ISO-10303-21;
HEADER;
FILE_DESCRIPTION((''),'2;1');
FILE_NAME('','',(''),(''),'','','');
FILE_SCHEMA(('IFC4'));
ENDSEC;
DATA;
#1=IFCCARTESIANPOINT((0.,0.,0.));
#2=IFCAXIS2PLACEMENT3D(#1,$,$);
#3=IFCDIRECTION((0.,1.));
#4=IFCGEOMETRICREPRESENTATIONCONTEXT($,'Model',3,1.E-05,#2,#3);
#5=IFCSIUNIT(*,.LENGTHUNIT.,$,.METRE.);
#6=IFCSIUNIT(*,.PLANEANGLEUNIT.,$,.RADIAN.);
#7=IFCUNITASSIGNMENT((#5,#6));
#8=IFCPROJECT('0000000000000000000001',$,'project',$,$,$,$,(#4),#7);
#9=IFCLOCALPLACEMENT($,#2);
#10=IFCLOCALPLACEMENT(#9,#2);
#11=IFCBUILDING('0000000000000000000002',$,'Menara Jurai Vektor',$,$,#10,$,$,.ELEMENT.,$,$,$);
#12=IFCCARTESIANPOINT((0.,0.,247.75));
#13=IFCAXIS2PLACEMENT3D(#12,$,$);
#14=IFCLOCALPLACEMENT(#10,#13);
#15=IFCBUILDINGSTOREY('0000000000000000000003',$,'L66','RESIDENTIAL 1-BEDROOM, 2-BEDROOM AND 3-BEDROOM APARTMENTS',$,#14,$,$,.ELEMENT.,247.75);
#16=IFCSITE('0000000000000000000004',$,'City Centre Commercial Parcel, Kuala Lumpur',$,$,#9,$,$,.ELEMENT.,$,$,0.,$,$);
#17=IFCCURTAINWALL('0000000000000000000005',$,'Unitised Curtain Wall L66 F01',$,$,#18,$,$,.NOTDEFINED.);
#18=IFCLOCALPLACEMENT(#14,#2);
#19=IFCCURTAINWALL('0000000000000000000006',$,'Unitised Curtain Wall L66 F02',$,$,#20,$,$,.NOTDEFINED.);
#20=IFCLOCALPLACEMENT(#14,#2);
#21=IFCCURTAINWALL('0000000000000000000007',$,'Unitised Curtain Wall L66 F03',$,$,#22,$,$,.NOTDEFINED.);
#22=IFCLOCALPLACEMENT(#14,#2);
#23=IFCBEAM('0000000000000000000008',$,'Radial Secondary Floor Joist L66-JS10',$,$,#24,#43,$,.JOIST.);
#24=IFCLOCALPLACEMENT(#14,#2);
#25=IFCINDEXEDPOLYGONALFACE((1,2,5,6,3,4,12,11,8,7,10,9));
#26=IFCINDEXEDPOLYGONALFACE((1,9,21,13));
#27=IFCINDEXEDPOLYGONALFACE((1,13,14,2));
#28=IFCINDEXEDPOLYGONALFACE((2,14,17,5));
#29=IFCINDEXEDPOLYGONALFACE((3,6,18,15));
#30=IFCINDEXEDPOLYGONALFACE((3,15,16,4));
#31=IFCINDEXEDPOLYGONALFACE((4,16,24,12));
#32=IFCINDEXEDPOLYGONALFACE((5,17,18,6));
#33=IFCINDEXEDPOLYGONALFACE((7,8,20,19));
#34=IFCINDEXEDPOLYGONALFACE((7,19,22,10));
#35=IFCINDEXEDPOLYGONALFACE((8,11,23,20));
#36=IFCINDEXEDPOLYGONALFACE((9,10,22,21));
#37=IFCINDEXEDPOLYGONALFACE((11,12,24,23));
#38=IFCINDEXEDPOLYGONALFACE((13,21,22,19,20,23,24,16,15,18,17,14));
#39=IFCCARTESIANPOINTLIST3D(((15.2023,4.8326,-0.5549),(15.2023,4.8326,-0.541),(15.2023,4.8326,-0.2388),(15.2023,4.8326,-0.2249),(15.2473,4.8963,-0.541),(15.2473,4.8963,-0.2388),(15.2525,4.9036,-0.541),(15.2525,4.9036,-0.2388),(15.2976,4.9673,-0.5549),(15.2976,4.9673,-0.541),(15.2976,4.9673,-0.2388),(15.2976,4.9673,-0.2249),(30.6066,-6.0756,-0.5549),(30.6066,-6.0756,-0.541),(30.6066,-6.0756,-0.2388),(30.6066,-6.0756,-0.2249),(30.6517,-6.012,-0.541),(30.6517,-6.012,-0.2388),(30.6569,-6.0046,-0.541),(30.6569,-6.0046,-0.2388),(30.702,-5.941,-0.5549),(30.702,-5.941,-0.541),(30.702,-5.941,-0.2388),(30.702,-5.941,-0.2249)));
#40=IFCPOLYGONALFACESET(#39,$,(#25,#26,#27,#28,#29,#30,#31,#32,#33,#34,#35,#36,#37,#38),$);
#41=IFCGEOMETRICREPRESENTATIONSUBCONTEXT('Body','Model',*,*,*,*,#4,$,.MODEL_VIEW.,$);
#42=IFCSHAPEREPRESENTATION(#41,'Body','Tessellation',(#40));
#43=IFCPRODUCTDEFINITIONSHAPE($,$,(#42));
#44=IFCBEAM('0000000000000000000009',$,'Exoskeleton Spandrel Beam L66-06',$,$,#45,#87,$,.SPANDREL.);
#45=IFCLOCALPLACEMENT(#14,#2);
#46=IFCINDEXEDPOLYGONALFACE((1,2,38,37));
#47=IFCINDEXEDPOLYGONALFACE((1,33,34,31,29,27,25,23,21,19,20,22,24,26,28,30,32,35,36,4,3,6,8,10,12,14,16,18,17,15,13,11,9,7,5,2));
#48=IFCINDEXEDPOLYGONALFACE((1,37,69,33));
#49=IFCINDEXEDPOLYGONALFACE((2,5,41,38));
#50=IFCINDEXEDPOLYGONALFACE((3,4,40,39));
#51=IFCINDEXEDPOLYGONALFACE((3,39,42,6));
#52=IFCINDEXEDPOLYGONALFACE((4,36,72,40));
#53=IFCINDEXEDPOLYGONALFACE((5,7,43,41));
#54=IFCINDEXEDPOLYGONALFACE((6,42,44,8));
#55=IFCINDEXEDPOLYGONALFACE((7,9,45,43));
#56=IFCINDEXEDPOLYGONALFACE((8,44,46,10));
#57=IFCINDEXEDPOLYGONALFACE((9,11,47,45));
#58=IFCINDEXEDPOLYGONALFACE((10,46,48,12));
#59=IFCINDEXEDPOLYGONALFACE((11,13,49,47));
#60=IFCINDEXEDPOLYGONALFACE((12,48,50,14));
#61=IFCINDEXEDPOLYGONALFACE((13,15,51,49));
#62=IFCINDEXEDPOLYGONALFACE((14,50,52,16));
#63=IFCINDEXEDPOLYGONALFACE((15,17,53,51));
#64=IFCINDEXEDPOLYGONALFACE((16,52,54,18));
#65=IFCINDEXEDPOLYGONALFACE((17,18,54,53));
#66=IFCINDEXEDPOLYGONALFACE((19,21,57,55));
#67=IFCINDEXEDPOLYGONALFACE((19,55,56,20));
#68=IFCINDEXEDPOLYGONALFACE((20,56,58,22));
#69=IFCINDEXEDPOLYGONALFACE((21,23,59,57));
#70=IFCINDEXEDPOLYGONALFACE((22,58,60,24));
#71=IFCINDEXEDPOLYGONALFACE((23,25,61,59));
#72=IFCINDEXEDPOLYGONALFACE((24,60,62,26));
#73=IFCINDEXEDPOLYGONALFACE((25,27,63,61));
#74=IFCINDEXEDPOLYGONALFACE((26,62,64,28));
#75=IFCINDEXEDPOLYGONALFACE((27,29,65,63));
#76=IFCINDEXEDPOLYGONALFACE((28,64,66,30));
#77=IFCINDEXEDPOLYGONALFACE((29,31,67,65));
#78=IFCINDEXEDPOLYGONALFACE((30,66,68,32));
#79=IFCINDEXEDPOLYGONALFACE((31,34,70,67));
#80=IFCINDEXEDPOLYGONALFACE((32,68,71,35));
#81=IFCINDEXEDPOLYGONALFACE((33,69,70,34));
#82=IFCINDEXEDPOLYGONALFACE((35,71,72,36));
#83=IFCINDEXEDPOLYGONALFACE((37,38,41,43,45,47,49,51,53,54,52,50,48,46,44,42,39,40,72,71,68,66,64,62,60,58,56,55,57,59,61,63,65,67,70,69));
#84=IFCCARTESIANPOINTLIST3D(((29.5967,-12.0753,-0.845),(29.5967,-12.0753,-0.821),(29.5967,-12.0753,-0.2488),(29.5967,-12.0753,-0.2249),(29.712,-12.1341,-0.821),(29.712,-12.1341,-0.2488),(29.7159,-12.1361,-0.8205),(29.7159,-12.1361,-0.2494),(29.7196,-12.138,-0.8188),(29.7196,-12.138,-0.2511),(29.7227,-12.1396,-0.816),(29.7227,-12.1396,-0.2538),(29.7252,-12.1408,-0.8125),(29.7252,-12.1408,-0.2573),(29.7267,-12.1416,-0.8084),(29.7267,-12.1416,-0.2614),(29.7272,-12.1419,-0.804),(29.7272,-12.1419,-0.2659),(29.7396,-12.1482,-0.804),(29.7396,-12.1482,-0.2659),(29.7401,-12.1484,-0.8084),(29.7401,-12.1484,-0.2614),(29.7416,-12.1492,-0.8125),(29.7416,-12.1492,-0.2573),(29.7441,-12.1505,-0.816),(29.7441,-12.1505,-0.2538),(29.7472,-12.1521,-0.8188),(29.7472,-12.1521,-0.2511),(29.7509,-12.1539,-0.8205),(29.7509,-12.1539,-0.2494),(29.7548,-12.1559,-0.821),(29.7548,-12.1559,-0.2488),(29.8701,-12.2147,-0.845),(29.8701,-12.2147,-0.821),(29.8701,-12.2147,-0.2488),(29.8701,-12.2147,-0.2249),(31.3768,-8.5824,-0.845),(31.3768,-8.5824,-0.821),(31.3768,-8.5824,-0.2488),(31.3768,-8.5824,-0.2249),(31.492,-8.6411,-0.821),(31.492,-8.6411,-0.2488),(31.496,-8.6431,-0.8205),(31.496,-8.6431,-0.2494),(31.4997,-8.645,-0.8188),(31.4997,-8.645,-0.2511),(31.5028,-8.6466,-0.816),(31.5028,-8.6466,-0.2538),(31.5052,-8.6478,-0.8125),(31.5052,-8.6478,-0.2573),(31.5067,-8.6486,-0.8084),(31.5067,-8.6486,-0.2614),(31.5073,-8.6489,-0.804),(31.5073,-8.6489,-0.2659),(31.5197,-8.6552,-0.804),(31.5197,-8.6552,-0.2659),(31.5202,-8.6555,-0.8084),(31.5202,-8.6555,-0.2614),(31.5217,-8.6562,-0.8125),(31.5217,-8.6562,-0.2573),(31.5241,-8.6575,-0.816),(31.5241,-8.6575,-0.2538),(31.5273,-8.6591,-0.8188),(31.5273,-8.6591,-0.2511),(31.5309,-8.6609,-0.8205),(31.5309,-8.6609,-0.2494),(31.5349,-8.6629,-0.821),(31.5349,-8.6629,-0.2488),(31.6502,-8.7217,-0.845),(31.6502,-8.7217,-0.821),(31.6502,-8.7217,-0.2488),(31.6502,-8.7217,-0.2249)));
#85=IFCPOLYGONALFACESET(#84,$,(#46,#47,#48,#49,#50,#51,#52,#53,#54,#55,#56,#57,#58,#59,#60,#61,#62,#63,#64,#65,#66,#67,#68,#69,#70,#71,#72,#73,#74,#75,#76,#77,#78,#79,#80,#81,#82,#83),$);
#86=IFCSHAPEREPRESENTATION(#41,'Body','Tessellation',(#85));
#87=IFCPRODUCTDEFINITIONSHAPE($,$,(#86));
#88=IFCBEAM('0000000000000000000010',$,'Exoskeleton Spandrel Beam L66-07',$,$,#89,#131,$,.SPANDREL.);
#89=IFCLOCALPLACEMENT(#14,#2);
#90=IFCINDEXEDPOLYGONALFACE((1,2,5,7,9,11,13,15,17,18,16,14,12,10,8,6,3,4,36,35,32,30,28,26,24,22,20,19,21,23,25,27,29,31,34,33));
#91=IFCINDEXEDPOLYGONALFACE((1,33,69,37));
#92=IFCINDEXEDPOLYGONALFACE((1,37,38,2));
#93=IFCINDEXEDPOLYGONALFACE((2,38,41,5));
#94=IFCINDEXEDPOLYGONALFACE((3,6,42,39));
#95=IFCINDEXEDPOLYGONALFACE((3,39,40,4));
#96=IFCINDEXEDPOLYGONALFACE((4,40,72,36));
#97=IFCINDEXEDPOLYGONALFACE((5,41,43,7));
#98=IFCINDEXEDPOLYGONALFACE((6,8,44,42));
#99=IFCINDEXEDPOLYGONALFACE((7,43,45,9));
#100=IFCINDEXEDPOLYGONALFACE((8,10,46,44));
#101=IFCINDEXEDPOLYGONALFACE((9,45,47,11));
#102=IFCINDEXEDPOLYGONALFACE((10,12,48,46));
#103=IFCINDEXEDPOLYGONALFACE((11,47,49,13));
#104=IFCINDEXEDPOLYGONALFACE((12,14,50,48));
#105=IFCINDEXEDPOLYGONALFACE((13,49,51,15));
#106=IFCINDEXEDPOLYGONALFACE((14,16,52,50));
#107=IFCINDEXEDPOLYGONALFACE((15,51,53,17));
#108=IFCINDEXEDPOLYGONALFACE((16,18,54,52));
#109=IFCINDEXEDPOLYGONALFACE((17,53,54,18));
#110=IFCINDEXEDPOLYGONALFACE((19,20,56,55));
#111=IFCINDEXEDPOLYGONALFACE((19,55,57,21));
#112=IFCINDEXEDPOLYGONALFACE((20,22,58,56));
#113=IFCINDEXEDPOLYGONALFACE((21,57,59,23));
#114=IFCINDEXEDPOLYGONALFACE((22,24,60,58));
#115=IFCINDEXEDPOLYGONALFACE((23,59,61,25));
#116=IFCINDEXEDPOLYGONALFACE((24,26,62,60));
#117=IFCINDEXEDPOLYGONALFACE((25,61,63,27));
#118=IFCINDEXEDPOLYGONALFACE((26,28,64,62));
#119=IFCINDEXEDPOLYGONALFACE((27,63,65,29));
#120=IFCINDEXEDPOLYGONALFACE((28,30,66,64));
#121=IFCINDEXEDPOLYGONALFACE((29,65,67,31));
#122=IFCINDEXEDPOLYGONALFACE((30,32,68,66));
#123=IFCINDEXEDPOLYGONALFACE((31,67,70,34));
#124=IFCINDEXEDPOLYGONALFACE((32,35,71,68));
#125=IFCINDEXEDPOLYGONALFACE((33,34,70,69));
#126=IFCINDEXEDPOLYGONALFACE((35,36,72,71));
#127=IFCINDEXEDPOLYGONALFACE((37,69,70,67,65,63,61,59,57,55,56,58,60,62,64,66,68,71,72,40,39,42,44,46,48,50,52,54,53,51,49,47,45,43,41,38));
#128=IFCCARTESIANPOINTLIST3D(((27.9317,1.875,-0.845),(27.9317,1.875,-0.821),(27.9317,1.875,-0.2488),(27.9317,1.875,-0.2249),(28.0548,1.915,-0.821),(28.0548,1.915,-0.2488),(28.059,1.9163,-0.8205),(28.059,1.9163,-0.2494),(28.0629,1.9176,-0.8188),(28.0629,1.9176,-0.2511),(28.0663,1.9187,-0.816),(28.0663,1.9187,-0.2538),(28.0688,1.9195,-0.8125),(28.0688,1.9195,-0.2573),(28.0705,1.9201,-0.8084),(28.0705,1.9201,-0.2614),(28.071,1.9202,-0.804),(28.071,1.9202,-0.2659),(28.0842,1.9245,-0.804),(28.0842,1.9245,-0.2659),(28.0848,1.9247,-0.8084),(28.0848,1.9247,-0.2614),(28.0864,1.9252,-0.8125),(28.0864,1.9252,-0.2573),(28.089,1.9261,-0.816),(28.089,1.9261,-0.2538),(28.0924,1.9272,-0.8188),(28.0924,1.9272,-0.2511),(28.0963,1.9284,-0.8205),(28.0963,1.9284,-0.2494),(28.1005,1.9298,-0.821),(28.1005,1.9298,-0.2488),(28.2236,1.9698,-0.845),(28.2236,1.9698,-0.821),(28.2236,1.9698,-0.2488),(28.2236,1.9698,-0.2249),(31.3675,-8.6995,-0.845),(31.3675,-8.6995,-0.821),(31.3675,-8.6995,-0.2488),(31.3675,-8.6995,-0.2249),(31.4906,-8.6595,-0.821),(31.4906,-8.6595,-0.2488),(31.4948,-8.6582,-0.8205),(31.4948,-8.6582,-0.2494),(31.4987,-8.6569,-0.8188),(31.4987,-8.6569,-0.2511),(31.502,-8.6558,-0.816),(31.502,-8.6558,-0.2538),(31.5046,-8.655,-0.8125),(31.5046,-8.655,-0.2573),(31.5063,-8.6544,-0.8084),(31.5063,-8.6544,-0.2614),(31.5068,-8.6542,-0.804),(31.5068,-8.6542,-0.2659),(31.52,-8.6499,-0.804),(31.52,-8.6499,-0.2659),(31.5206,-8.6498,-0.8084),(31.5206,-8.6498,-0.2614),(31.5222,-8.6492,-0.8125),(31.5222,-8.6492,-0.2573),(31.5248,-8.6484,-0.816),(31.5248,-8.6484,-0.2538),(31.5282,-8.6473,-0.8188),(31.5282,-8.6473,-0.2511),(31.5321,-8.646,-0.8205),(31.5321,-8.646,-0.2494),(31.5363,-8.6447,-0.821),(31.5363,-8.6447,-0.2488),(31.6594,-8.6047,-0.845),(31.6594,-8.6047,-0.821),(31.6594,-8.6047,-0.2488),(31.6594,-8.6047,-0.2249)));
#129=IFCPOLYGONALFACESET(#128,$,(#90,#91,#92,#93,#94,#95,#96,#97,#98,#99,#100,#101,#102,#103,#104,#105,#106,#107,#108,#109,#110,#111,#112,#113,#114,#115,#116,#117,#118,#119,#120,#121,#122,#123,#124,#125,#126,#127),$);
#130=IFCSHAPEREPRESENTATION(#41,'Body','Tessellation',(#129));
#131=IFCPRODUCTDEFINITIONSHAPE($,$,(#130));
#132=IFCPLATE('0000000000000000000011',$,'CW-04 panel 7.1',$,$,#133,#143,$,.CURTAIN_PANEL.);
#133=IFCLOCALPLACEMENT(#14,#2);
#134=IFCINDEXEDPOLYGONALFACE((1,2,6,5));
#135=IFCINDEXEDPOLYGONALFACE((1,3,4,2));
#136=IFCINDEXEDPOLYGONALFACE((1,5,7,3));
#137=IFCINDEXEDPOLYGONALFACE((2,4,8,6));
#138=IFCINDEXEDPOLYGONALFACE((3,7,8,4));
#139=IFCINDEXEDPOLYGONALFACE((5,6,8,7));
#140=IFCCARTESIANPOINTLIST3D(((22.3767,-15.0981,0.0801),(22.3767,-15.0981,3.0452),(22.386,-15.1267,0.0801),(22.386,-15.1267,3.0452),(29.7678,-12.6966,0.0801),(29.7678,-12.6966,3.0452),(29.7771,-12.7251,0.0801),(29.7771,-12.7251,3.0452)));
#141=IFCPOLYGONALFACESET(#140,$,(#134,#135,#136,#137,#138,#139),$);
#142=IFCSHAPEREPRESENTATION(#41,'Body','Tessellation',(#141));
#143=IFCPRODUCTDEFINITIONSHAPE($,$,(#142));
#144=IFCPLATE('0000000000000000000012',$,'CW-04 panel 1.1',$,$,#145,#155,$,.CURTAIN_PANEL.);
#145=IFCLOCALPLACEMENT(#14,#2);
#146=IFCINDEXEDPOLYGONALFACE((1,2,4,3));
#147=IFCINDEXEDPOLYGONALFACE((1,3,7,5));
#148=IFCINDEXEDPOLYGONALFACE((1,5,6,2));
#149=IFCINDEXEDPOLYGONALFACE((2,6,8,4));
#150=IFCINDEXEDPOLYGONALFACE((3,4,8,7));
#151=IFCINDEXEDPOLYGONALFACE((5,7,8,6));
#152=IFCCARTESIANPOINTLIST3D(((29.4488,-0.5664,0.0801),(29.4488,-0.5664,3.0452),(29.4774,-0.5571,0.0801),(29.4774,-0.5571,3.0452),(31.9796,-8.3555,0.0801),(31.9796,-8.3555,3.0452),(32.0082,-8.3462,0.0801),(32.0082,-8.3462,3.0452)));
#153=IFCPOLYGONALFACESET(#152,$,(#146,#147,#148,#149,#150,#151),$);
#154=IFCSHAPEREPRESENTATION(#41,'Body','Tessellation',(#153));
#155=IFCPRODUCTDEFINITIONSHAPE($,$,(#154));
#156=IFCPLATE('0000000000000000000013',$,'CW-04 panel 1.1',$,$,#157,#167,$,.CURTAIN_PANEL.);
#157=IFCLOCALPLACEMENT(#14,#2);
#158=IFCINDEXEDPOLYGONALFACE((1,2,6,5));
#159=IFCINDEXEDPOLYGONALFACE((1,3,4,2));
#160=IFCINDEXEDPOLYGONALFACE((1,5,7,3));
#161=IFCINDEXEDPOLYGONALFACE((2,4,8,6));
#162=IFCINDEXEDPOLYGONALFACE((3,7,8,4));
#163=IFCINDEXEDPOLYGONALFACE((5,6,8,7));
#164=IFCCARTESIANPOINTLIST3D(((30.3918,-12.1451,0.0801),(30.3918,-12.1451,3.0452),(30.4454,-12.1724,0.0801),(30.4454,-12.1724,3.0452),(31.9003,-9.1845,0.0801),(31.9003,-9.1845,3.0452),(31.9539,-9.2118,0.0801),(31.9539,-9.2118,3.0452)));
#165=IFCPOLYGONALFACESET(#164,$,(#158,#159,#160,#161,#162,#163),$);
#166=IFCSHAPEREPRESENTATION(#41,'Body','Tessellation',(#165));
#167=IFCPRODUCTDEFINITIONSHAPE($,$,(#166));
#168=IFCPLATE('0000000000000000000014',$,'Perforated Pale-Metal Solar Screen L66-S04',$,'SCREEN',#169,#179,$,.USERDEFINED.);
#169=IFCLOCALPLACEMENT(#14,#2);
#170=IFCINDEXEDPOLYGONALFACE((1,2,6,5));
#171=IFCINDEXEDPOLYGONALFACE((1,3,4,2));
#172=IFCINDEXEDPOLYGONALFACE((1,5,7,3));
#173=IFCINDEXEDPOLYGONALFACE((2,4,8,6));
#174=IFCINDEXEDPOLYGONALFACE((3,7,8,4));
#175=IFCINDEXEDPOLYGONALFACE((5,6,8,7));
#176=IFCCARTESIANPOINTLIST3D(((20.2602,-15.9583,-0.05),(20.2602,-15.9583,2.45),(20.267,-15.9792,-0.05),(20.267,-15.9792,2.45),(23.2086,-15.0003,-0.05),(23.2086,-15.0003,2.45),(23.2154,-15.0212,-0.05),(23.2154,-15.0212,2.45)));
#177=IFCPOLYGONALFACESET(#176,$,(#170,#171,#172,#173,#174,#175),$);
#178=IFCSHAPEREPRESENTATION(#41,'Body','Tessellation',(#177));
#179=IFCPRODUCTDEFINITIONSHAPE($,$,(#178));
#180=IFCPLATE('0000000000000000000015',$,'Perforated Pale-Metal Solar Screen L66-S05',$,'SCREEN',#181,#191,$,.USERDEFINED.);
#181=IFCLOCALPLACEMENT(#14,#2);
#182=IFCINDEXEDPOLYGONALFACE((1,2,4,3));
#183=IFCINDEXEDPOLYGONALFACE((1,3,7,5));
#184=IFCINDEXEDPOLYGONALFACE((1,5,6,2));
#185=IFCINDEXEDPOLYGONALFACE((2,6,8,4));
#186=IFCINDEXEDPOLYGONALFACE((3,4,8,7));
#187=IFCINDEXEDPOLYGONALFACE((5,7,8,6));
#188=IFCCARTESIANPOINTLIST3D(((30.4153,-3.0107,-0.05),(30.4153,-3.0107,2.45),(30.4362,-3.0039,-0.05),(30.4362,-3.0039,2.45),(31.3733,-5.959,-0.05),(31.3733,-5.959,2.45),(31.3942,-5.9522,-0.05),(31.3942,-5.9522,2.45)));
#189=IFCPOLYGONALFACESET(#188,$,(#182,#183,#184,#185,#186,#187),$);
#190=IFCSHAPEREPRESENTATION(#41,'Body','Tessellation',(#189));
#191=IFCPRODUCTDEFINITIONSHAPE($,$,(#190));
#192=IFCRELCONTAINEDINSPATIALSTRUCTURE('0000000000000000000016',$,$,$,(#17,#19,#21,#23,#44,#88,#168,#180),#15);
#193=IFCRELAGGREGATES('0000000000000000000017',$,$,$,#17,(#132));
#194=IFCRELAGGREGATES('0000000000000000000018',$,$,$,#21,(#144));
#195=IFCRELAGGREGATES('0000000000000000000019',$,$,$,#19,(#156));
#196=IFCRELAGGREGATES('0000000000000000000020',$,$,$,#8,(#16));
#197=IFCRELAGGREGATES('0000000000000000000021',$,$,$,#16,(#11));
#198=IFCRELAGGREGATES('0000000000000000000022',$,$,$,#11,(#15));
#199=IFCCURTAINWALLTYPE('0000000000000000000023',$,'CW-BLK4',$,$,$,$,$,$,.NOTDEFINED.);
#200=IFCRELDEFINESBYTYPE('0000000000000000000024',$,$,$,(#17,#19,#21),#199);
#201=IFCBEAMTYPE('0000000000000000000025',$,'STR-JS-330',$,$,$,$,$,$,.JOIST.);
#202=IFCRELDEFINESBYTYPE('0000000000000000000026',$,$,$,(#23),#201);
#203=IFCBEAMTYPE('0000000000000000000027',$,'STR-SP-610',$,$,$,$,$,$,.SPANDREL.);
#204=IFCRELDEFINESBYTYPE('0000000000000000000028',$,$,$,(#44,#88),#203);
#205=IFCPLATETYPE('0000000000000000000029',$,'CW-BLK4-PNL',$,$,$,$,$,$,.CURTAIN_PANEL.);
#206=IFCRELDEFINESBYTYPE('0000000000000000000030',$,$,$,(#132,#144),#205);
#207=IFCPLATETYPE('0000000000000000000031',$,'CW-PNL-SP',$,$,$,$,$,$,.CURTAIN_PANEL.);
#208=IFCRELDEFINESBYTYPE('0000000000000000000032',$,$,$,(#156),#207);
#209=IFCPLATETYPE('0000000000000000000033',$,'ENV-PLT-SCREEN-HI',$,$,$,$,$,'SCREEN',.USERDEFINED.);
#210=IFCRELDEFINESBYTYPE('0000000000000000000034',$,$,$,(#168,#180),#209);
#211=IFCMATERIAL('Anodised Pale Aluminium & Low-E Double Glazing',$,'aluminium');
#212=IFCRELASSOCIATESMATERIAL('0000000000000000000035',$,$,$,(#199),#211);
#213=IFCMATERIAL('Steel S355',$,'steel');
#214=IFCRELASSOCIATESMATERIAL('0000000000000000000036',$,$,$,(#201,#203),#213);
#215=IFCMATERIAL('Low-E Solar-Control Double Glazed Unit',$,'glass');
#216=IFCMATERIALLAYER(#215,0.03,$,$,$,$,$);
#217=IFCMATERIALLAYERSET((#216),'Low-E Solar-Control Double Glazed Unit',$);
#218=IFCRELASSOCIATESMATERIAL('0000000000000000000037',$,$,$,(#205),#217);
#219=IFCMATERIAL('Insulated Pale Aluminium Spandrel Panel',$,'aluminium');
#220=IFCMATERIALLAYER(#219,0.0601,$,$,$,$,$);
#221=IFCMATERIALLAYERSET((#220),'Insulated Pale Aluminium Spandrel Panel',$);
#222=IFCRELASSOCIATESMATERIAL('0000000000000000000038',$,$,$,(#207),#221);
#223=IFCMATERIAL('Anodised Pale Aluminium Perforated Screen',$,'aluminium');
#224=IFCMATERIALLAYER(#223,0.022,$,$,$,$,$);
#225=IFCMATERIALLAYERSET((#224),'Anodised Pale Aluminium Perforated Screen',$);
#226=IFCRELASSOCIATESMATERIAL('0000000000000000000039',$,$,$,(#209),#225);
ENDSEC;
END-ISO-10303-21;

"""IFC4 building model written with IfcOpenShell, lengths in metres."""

from ifc_helpers import new_model, si_unit, direction, frame, origin, origin_2d, place, context, subcontext, project, spatial, rectangle, i_section, extrude, material, layer, layer_set, material_profile, profile_set, type_object, element, aggregate, save


model = new_model("IFC4")

# Units and contexts
model_context = context("Model", 3, precision=1e-05, world=origin(), true_north=direction((0.0, 1.0)))
body_context = subcontext(model_context, "Body", "Model", "MODEL_VIEW")
ifc_project = project(units=[si_unit("LENGTHUNIT", "METRE"), si_unit("PLANEANGLEUNIT", "RADIAN")], contexts=[model_context])

# Site, building, storey
site_placement = place(None, origin())
site = spatial("IfcSite", under=ifc_project, at=site_placement, Name="City Centre Commercial Parcel, Kuala Lumpur", CompositionType="ELEMENT", RefElevation=0.0)
building_placement = place(site_placement, origin())
building = spatial("IfcBuilding", under=site, at=building_placement, Name="Menara Jurai Vektor", CompositionType="ELEMENT")
storey_placement = place(building_placement, frame((0.0, 0.0, 247.75)))
storey = spatial("IfcBuildingStorey", under=building, at=storey_placement, Name="L66", Description="RESIDENTIAL 1-BEDROOM, 2-BEDROOM AND 3-BEDROOM APARTMENTS", CompositionType="ELEMENT", Elevation=247.75)

# Curtain walls
ifc_material_1 = material(Name="Anodised Pale Aluminium & Low-E Double Glazing", Category="aluminium")
curtain_wall_type = type_object("IfcCurtainWallType", Name="CW-BLK4", PredefinedType="NOTDEFINED", material=ifc_material_1)
curtain_wall_1_placement = place(storey_placement, origin())
curtain_wall_1 = element("IfcCurtainWall", 1, at=curtain_wall_1_placement, inside=storey, type_object=curtain_wall_type, Name="Unitised Curtain Wall L66 F01", PredefinedType="NOTDEFINED")
curtain_wall_2_placement = place(storey_placement, origin())
curtain_wall_2 = element("IfcCurtainWall", 2, at=curtain_wall_2_placement, inside=storey, type_object=curtain_wall_type, Name="Unitised Curtain Wall L66 F02", PredefinedType="NOTDEFINED")

# Curtain wall
curtain_wall_3_placement = place(storey_placement, origin())
curtain_wall_3 = element("IfcCurtainWall", 3, at=curtain_wall_3_placement, inside=storey, type_object=curtain_wall_type, Name="Unitised Curtain Wall L66 F03", PredefinedType="NOTDEFINED")

# Shared definitions
ifc_material_2 = material(Name="Steel S355", Category="steel")

# Beams
ifc_material_profile_1 = material_profile(ifc_material_2, i_section(OverallWidth=0.165, OverallDepth=0.3301, WebThickness=0.009, FlangeThickness=0.0139, at=origin_2d()), Name="PG 330x165x46")
ifc_profile_set_1 = profile_set([ifc_material_profile_1], Name="Steel S355")
beam_type_1 = type_object("IfcBeamType", Name="STR-JS-330", PredefinedType="JOIST", material=ifc_profile_set_1)
beam_1_placement = place(storey_placement, frame((30.6543, -6.0083, -0.3899), z_axis=(-0.816104, 0.577905, 0.0), x_axis=(-0.577905, -0.816104, 0.0)))
element("IfcBeam", 4, at=beam_1_placement, inside=storey, type_object=beam_type_1, Name="Radial Secondary Floor Joist L66-JS10", PredefinedType="JOIST", context=body_context, shape_type="SweptSolid", body=[
    extrude(i_section(OverallWidth=0.165, OverallDepth=0.3301, WebThickness=0.009, FlangeThickness=0.0139, at=origin_2d()), origin(), (0.0, 0.0, 1.0), 18.8755),
])
ifc_material_profile_2 = material_profile(ifc_material_2, i_section(OverallWidth=0.3069, OverallDepth=0.6201, WebThickness=0.0139, FlangeThickness=0.0239, FilletRadius=0.0171, at=origin_2d()), Name="UKB 610x305x179")
ifc_profile_set_2 = profile_set([ifc_material_profile_2], Name="Steel S355")
beam_type_2 = type_object("IfcBeamType", Name="STR-SP-610", PredefinedType="SPANDREL", material=ifc_profile_set_2)
beam_2_placement = place(storey_placement, frame((29.7334, -12.145, -0.5349), z_axis=(0.454051, 0.890976, 0.0), x_axis=(-0.890976, 0.454051, 0.0)))
element("IfcBeam", 5, at=beam_2_placement, inside=storey, type_object=beam_type_2, Name="Exoskeleton Spandrel Beam L66-06", PredefinedType="SPANDREL", context=body_context, shape_type="SweptSolid", body=[
    extrude(i_section(OverallWidth=0.3069, OverallDepth=0.6201, WebThickness=0.0139, FlangeThickness=0.0239, FilletRadius=0.0171, at=origin_2d()), origin(), (0.0, 0.0, 1.0), 3.9204),
])
beam_3_placement = place(storey_placement, frame((31.5134, -8.6521, -0.5349), z_axis=(-0.309012, 0.951058, 0.0), x_axis=(-0.951058, -0.309012, 0.0)))
element("IfcBeam", 6, at=beam_3_placement, inside=storey, type_object=beam_type_2, Name="Exoskeleton Spandrel Beam L66-07", PredefinedType="SPANDREL", context=body_context, shape_type="SweptSolid", body=[
    extrude(i_section(OverallWidth=0.3069, OverallDepth=0.6201, WebThickness=0.0139, FlangeThickness=0.0239, FilletRadius=0.0171, at=origin_2d()), origin(), (0.0, 0.0, 1.0), 11.1187),
])

# Plates
ifc_material_3 = material(Name="Low-E Solar-Control Double Glazed Unit", Category="glass")
ifc_layer_1 = layer(ifc_material_3, 0.03)
ifc_layer_set_1 = layer_set([ifc_layer_1], Name="Low-E Solar-Control Double Glazed Unit")
plate_type_1 = type_object("IfcPlateType", Name="CW-BLK4-PNL", PredefinedType="CURTAIN_PANEL", material=ifc_layer_set_1)
plate_1_placement = place(storey_placement, frame((26.0769, -13.9116, 0.0801), z_axis=(0.0, 0.0, 1.0), x_axis=(0.951056, 0.309017, 0.0)))
plate_1 = element("IfcPlate", 7, at=plate_1_placement, type_object=plate_type_1, Name="CW-04 panel 7.1", PredefinedType="CURTAIN_PANEL", context=body_context, shape_type="SweptSolid", body=[
    extrude(rectangle(XDim=7.7715, YDim=0.03, at=origin_2d()), origin(), (0.0, 0.0, 1.0), 2.9651),
])
aggregate(curtain_wall_1, [plate_1])
plate_2_placement = place(storey_placement, frame((30.7285, -4.4563, 0.0801), z_axis=(0.0, 0.0, 1.0), x_axis=(-0.309016, 0.951057, 0.0)))
plate_2 = element("IfcPlate", 8, at=plate_2_placement, type_object=plate_type_1, Name="CW-04 panel 1.1", PredefinedType="CURTAIN_PANEL", context=body_context, shape_type="SweptSolid", body=[
    extrude(rectangle(XDim=8.1899, YDim=0.03, at=origin_2d()), origin(), (0.0, 0.0, 1.0), 2.9651),
])
aggregate(curtain_wall_3, [plate_2])
ifc_material_4 = material(Name="Insulated Pale Aluminium Spandrel Panel", Category="aluminium")
ifc_layer_2 = layer(ifc_material_4, 0.0601)
ifc_layer_set_2 = layer_set([ifc_layer_2], Name="Insulated Pale Aluminium Spandrel Panel")
plate_type_2 = type_object("IfcPlateType", Name="CW-PNL-SP", PredefinedType="CURTAIN_PANEL", material=ifc_layer_set_2)
plate_3_placement = place(storey_placement, frame((31.1729, -10.6785, 0.0801), z_axis=(0.0, 0.0, 1.0), x_axis=(0.453989, 0.891008, 0.0)))
plate_3 = element("IfcPlate", 9, at=plate_3_placement, type_object=plate_type_2, Name="CW-04 panel 1.1", PredefinedType="CURTAIN_PANEL", context=body_context, shape_type="SweptSolid", body=[
    extrude(rectangle(XDim=3.3228, YDim=0.0601, at=origin_2d()), origin(), (0.0, 0.0, 1.0), 2.9651),
])
aggregate(curtain_wall_2, [plate_3])

# Plates
ifc_material_5 = material(Name="Anodised Pale Aluminium Perforated Screen", Category="aluminium")
ifc_layer_3 = layer(ifc_material_5, 0.022)
ifc_layer_set_3 = layer_set([ifc_layer_3], Name="Anodised Pale Aluminium Perforated Screen")
plate_type_3 = type_object("IfcPlateType", Name="ENV-PLT-SCREEN-HI", ElementType="SCREEN", PredefinedType="USERDEFINED", material=ifc_layer_set_3)
for number, where, z_axis, x_axis, name in (
    (10, (21.7378, -15.4897, -0.05), (0.0, 0.0, 1.0), (0.951057, 0.309017, 0.0), "Perforated Pale-Metal Solar Screen L66-S04"),
    (11, (30.9048, -4.4814, -0.05), (0.0, 0.0, 1.0), (-0.309017, 0.951057, 0.0), "Perforated Pale-Metal Solar Screen L66-S05"),
):
    element("IfcPlate", number, at=place(storey_placement, frame(where, z_axis=z_axis, x_axis=x_axis)), inside=storey, type_object=plate_type_3, Name=name, ObjectType="SCREEN", PredefinedType="USERDEFINED", context=body_context, shape_type="SweptSolid", body=[
        extrude(rectangle(XDim=3.1001, YDim=0.022, at=origin_2d()), origin(), (0.0, 0.0, 1.0), 2.5),
    ])

save(model, "model.ifc")
